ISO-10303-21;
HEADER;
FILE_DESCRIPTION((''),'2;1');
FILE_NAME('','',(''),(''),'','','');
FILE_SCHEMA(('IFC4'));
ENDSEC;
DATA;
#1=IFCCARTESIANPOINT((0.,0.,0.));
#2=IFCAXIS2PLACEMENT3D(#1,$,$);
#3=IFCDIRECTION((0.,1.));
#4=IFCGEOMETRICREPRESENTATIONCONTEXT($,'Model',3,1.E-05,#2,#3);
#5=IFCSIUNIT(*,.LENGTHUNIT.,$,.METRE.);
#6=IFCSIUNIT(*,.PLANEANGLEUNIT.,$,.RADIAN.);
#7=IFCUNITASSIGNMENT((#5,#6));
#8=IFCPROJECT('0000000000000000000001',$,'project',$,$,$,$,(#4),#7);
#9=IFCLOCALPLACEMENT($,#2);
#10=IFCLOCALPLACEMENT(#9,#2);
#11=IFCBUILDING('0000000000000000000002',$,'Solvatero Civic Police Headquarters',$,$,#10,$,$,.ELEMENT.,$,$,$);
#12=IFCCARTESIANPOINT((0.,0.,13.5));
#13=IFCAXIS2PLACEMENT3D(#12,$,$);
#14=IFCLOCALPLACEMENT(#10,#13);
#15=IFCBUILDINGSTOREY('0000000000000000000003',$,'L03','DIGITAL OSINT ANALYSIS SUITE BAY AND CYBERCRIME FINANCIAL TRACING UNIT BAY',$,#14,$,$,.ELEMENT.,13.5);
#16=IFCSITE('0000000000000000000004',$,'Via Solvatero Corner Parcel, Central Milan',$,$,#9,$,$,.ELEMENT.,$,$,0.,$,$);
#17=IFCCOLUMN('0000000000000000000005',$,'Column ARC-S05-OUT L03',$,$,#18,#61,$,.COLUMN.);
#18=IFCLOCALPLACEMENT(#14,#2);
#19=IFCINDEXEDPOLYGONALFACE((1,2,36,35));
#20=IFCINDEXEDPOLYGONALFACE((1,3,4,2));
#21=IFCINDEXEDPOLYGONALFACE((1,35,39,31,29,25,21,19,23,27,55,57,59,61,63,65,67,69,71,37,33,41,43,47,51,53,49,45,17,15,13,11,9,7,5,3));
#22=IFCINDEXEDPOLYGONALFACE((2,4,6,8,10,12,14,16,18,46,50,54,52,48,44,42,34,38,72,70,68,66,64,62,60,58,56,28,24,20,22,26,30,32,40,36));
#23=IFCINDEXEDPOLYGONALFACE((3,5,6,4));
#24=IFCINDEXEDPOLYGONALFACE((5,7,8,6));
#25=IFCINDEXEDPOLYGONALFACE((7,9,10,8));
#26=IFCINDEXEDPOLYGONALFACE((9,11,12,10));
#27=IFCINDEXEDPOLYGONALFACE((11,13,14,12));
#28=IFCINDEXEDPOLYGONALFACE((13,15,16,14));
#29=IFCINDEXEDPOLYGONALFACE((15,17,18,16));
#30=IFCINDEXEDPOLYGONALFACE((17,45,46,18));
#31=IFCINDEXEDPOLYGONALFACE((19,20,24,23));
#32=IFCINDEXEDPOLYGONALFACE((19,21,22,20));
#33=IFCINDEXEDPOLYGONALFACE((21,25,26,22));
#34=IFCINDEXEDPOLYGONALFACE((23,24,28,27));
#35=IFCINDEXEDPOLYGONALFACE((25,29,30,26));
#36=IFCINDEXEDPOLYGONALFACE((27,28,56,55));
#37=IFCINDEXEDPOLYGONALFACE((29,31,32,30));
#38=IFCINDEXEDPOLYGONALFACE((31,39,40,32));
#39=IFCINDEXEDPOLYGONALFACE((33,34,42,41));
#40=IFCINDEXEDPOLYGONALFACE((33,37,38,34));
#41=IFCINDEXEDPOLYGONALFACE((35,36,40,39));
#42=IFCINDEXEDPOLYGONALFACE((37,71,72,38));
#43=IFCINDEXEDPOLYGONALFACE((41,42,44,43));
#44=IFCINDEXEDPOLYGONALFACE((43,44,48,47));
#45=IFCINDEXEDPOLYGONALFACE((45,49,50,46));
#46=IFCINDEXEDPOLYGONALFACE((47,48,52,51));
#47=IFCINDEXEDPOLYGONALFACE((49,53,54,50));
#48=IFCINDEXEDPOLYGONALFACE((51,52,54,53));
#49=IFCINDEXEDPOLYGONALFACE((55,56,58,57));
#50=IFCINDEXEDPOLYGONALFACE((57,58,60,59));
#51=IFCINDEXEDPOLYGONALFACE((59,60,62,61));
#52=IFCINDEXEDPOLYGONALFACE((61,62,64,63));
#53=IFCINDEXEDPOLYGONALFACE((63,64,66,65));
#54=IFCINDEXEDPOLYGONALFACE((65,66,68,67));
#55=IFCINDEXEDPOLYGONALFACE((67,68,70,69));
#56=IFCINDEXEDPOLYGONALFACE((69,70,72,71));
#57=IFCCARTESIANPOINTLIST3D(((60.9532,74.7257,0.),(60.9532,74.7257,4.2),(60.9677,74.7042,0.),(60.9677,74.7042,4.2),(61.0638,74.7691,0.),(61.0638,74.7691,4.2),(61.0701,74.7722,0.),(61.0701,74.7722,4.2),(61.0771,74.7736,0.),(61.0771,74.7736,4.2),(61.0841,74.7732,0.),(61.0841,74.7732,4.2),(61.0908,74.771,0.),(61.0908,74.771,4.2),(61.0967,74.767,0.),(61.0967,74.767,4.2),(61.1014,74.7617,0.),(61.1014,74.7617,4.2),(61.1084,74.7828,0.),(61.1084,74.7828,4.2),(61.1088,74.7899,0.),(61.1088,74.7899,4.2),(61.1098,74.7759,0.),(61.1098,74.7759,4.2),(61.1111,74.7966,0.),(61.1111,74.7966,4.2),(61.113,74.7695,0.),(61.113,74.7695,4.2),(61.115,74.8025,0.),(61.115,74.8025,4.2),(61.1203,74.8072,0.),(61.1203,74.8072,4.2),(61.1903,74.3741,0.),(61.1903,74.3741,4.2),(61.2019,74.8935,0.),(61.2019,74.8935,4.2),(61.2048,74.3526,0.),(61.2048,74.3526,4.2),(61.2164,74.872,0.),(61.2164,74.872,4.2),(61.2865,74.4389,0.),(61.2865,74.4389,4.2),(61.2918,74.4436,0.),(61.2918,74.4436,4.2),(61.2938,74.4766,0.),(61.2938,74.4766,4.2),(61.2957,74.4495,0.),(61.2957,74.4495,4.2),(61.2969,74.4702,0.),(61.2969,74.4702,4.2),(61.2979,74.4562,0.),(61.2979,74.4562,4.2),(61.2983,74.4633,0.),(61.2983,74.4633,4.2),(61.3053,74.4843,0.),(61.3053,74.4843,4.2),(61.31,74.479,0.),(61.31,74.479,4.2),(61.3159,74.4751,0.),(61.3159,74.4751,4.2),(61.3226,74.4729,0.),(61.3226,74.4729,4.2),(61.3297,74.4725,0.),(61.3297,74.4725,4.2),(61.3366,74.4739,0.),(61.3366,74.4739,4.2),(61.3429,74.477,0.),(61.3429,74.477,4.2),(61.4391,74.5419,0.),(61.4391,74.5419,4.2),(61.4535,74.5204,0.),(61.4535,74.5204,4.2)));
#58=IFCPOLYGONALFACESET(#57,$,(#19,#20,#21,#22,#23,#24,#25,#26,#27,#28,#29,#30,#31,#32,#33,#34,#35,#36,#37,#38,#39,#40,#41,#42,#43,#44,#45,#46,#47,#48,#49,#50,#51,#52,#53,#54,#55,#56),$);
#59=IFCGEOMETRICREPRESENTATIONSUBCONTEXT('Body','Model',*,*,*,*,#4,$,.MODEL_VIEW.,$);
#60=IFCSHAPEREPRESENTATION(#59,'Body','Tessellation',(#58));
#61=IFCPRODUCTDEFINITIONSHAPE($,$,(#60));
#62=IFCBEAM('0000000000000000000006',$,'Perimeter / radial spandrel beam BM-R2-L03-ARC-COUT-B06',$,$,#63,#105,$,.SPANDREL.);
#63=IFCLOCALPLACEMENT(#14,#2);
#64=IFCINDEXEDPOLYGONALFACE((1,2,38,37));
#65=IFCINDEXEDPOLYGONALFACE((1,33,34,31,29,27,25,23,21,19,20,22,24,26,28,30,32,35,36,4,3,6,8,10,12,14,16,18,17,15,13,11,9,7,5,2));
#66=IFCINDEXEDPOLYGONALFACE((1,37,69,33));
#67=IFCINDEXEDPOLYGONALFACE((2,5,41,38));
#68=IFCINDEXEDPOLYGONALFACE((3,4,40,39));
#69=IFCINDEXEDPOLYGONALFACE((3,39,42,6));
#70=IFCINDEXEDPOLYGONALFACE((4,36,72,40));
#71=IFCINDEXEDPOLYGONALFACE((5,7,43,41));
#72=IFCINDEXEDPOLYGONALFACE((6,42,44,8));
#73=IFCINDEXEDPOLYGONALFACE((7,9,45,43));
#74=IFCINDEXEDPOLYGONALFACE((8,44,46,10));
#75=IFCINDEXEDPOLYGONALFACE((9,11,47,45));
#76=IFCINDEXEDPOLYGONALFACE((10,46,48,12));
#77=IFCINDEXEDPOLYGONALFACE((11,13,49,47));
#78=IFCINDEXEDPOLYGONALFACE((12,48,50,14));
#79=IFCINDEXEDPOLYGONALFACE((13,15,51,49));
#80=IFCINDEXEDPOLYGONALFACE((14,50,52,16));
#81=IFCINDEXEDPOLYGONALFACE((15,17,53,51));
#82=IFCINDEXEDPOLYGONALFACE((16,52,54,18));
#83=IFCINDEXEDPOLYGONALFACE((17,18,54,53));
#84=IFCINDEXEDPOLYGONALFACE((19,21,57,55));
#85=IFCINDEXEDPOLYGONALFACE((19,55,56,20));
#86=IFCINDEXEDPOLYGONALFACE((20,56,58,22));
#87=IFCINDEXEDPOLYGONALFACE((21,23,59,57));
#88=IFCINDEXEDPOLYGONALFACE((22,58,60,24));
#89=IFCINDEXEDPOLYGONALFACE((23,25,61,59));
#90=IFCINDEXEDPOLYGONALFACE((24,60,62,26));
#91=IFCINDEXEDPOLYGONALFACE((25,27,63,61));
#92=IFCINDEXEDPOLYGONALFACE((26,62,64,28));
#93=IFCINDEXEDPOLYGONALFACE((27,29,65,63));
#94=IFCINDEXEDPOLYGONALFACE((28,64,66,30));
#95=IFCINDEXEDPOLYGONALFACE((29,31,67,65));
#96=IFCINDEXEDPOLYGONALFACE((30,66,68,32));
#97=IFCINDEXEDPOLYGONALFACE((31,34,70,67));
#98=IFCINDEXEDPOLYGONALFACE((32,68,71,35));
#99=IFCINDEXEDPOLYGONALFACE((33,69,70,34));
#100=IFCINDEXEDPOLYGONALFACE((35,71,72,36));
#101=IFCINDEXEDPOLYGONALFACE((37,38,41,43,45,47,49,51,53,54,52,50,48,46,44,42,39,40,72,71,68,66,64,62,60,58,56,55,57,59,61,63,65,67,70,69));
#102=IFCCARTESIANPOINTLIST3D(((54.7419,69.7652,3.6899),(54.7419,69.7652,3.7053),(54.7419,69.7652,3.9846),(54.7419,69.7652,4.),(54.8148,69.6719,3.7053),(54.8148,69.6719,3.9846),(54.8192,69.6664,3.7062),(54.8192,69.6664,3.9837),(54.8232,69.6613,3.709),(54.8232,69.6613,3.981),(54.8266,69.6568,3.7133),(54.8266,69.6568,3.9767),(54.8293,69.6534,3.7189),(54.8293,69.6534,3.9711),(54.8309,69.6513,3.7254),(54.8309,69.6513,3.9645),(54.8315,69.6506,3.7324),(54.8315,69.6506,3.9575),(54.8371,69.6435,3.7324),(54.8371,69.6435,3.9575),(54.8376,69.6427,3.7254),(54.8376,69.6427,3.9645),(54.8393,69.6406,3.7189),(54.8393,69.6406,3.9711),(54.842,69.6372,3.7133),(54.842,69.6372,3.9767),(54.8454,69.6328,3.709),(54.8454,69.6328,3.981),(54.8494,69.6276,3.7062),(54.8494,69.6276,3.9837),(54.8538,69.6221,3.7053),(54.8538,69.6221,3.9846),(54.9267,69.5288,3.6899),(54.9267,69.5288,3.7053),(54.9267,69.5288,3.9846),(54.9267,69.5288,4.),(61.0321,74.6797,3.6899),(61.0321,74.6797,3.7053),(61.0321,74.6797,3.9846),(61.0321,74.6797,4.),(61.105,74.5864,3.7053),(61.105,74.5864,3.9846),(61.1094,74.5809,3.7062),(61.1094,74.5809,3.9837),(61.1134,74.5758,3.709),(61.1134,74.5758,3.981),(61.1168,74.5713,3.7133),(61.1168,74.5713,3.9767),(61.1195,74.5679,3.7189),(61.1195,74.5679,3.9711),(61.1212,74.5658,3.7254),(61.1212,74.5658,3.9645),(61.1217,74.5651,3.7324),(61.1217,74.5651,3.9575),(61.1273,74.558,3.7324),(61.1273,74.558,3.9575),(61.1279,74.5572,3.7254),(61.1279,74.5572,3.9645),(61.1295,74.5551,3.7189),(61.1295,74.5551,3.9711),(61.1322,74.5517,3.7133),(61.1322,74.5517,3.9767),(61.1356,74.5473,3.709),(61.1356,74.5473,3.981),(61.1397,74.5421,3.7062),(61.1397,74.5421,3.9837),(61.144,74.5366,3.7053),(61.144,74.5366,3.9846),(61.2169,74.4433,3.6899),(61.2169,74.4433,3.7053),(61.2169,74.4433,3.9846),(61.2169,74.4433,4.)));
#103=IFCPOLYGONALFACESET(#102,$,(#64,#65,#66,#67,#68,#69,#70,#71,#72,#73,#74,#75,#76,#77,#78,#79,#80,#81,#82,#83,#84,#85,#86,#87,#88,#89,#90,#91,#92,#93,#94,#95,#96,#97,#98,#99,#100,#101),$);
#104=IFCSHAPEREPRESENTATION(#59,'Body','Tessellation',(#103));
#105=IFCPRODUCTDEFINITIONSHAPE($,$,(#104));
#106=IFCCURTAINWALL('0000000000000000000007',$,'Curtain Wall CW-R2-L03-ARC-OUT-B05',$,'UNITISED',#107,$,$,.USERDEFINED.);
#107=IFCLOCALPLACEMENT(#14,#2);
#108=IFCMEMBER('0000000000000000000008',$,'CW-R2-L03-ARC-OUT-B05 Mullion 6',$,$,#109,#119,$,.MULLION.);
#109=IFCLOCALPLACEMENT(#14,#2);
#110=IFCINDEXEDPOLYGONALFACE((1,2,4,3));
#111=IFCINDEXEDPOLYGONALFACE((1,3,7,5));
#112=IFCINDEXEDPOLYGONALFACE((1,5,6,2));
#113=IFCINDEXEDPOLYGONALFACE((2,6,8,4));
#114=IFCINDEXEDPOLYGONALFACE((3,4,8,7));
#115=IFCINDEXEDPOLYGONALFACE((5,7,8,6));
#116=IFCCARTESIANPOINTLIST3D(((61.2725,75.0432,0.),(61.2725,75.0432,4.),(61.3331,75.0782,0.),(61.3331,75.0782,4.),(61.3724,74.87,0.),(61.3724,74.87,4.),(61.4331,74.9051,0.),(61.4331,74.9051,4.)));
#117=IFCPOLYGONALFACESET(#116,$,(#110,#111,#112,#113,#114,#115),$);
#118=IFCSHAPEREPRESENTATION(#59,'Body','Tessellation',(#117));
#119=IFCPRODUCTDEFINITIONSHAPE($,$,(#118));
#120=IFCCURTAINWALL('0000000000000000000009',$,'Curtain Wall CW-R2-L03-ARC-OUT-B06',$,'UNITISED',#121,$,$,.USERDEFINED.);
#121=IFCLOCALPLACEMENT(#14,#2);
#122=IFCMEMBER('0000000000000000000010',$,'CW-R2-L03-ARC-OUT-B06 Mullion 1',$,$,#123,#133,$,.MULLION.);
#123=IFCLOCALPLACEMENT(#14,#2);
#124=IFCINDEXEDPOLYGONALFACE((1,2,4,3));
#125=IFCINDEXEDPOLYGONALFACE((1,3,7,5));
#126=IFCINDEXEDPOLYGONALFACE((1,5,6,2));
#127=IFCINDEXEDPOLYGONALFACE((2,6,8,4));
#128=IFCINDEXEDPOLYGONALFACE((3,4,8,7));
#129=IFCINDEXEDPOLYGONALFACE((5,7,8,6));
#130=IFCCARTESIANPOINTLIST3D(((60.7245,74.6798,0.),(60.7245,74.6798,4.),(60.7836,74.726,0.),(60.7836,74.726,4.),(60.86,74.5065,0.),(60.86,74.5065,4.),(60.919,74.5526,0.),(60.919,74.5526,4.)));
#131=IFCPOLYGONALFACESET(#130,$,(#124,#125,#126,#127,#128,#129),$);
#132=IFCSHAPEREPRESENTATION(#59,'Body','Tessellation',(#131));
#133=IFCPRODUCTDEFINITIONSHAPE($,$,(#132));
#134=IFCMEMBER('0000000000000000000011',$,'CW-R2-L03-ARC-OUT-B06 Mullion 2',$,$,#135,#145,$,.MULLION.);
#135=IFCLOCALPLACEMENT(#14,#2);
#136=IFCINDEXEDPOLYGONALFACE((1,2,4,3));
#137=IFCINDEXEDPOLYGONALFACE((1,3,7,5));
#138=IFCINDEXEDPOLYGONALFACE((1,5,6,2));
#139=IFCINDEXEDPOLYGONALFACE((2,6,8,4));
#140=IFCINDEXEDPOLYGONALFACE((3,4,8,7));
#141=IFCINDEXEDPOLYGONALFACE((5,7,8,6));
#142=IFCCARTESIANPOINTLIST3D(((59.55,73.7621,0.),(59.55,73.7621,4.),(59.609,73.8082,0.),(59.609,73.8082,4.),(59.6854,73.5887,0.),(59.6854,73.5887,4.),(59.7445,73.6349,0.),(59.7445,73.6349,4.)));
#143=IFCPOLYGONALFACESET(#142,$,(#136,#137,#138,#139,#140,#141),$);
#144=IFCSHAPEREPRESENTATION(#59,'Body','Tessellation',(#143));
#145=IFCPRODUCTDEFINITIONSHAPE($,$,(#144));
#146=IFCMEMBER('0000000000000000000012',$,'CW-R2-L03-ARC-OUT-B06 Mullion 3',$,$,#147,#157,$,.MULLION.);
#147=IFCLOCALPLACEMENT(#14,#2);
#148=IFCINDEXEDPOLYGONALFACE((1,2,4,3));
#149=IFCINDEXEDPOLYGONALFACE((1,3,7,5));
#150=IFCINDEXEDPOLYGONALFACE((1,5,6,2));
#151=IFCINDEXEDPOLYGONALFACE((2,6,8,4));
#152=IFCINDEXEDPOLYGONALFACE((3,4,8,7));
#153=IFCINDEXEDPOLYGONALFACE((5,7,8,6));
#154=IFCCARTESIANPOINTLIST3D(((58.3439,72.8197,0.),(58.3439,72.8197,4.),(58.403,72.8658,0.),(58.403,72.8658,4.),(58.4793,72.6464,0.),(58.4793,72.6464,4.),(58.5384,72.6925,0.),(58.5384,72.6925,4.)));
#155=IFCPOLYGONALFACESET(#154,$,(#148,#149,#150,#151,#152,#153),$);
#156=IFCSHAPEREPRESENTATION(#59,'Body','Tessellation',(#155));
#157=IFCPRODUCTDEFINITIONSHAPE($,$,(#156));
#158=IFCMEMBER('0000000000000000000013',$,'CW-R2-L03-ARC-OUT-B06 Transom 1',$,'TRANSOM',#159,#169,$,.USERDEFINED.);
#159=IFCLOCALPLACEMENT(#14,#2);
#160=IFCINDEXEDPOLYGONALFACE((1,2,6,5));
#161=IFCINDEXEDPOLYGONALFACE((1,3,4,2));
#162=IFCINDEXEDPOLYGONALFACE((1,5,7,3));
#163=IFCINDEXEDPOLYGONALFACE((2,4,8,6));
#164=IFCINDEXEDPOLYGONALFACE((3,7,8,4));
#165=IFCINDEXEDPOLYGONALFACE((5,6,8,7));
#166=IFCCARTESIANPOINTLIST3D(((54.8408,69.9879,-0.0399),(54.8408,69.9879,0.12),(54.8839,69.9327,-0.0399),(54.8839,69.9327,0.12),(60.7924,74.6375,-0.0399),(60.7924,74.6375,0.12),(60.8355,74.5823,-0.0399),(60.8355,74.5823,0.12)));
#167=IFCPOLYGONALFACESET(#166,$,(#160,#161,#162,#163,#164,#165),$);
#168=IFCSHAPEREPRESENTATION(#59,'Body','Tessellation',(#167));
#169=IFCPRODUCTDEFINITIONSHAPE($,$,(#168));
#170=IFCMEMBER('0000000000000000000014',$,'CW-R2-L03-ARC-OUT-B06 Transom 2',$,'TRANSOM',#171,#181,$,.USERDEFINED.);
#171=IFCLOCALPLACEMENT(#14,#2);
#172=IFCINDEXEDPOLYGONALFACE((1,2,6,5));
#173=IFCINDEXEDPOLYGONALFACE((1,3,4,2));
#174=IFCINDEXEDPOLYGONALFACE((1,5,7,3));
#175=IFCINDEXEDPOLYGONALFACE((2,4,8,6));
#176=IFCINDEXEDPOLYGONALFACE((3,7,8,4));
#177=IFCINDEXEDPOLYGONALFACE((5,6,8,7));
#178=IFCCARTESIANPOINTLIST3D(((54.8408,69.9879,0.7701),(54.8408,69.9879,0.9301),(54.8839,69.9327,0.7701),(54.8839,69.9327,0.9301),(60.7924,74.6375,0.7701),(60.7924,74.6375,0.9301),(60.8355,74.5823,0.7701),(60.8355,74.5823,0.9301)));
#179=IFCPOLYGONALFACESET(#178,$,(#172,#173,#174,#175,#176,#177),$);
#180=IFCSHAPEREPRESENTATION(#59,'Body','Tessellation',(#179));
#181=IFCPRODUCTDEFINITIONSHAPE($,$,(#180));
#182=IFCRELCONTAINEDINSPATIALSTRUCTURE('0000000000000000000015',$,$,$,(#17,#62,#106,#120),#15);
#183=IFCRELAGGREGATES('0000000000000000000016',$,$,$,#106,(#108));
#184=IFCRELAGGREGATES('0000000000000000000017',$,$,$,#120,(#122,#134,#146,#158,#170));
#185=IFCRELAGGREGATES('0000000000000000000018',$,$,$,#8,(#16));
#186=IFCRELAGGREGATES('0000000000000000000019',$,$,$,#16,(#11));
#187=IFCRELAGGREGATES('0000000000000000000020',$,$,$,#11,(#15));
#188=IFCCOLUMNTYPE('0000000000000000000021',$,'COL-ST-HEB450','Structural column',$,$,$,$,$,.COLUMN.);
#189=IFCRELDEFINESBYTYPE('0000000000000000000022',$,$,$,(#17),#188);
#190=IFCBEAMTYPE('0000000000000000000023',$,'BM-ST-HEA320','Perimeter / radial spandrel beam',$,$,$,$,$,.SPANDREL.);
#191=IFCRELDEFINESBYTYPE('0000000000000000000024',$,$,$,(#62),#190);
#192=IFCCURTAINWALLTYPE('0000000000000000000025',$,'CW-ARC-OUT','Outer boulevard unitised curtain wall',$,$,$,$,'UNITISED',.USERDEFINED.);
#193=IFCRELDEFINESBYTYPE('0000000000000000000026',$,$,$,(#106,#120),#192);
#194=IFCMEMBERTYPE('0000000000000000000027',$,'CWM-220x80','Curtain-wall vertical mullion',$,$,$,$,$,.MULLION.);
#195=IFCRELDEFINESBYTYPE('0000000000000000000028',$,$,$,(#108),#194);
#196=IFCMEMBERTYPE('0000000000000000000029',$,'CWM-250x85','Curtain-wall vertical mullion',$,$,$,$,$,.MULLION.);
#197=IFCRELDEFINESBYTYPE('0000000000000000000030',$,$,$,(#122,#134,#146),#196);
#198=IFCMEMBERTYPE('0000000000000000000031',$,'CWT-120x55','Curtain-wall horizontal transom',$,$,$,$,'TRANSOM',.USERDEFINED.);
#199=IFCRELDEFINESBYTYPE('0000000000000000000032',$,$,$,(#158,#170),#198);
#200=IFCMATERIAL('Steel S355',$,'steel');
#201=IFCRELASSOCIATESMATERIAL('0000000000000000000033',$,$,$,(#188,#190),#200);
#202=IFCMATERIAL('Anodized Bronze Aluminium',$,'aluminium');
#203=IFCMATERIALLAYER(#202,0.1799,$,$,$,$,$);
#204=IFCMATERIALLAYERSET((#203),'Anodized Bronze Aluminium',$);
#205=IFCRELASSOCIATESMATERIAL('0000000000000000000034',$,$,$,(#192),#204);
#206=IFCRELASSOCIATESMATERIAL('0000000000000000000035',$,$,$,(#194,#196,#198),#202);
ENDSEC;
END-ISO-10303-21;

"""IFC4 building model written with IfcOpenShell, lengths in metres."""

from ifc_helpers import new_model, si_unit, direction, frame, origin, origin_2d, place, context, subcontext, project, spatial, rectangle, i_section, extrude, material, layer, layer_set, material_profile, profile_set, type_object, element, aggregate, save


model = new_model("IFC4")

# Units and contexts
model_context = context("Model", 3, precision=1e-05, world=origin(), true_north=direction((0.0, 1.0)))
body_context = subcontext(model_context, "Body", "Model", "MODEL_VIEW")
ifc_project = project(units=[si_unit("LENGTHUNIT", "METRE"), si_unit("PLANEANGLEUNIT", "RADIAN")], contexts=[model_context])

# Site, building, storey
site_placement = place(None, origin())
site = spatial("IfcSite", under=ifc_project, at=site_placement, Name="Via Solvatero Corner Parcel, Central Milan", CompositionType="ELEMENT", RefElevation=0.0)
building_placement = place(site_placement, origin())
building = spatial("IfcBuilding", under=site, at=building_placement, Name="Solvatero Civic Police Headquarters", CompositionType="ELEMENT")
storey_placement = place(building_placement, frame((0.0, 0.0, 13.5)))
storey = spatial("IfcBuildingStorey", under=building, at=storey_placement, Name="L03", Description="DIGITAL OSINT ANALYSIS SUITE BAY AND CYBERCRIME FINANCIAL TRACING UNIT BAY", CompositionType="ELEMENT", Elevation=13.5)

# Column
ifc_material_1 = material(Name="Steel S355", Category="steel")
ifc_material_profile_1 = material_profile(ifc_material_1, i_section(OverallWidth=0.3, OverallDepth=0.45, WebThickness=0.0139, FlangeThickness=0.0259, FilletRadius=0.0271, at=origin_2d()), Name="HEB 450")
ifc_profile_set_1 = profile_set([ifc_material_profile_1], Name="Steel S355")
column_type = type_object("IfcColumnType", Name="COL-ST-HEB450", Description="Structural column", PredefinedType="COLUMN", material=ifc_profile_set_1)
column_placement = place(storey_placement, frame((61.2034, 74.623, 0.0), z_axis=(0.0, 0.0, 1.0), x_axis=(0.829038, 0.559193, 0.0)))
element("IfcColumn", 1, at=column_placement, inside=storey, type_object=column_type, Name="Column ARC-S05-OUT L03", PredefinedType="COLUMN", context=body_context, shape_type="SweptSolid", body=[
    extrude(i_section(OverallWidth=0.3, OverallDepth=0.45, WebThickness=0.0139, FlangeThickness=0.0259, FilletRadius=0.0271, at=origin_2d()), origin(), (0.0, 0.0, 1.0), 4.2),
])

# Beam
ifc_material_profile_2 = material_profile(ifc_material_1, i_section(OverallWidth=0.3, OverallDepth=0.3101, WebThickness=0.009, FlangeThickness=0.0154, FilletRadius=0.0271, at=origin_2d()), Name="HEA 320")
ifc_profile_set_2 = profile_set([ifc_material_profile_2], Name="Steel S355")
beam_type = type_object("IfcBeamType", Name="BM-ST-HEA320", Description="Perimeter / radial spandrel beam", PredefinedType="SPANDREL", material=ifc_profile_set_2)
beam_placement = place(storey_placement, frame((61.1245, 74.5615, 3.845), z_axis=(-0.788008, -0.615665, 0.0), x_axis=(0.615665, -0.788008, 0.0)))
element("IfcBeam", 2, at=beam_placement, inside=storey, type_object=beam_type, Name="Perimeter / radial spandrel beam BM-R2-L03-ARC-COUT-B06", PredefinedType="SPANDREL", context=body_context, shape_type="SweptSolid", body=[
    extrude(i_section(OverallWidth=0.3, OverallDepth=0.3101, WebThickness=0.009, FlangeThickness=0.0154, FilletRadius=0.0271, at=origin_2d()), origin(), (0.0, 0.0, 1.0), 7.9824),
])

# Curtain wall, member
ifc_material_2 = material(Name="Anodized Bronze Aluminium", Category="aluminium")
ifc_layer_1 = layer(ifc_material_2, 0.1799)
ifc_layer_set_1 = layer_set([ifc_layer_1], Name="Anodized Bronze Aluminium")
curtain_wall_type = type_object("IfcCurtainWallType", Name="CW-ARC-OUT", Description="Outer boulevard unitised curtain wall", ElementType="UNITISED", PredefinedType="USERDEFINED", material=ifc_layer_set_1)
curtain_wall_1_placement = place(storey_placement, origin())
curtain_wall_1 = element("IfcCurtainWall", 3, at=curtain_wall_1_placement, inside=storey, type_object=curtain_wall_type, Name="Curtain Wall CW-R2-L03-ARC-OUT-B05", ObjectType="UNITISED", PredefinedType="USERDEFINED")
ifc_material_profile_3 = material_profile(ifc_material_2, rectangle(XDim=0.0701, YDim=0.2, at=origin_2d()), Name="ALU MULLION 70x200")
ifc_profile_set_3 = profile_set([ifc_material_profile_3], Name="Anodized Bronze Aluminium")
member_type_1 = type_object("IfcMemberType", Name="CWM-220x80", Description="Curtain-wall vertical mullion", PredefinedType="MULLION", material=ifc_profile_set_3)
member_1_placement = place(storey_placement, frame((61.3528, 74.9741, 0.0), z_axis=(0.0, 0.0, 1.0), x_axis=(-0.866034, -0.499985, 0.0)))
member_1 = element("IfcMember", 4, at=member_1_placement, type_object=member_type_1, Name="CW-R2-L03-ARC-OUT-B05 Mullion 6", PredefinedType="MULLION", context=body_context, shape_type="SweptSolid", body=[
    extrude(rectangle(XDim=0.0701, YDim=0.2, at=origin_2d()), origin(), (0.0, 0.0, 1.0), 4.0),
])

# Curtain wall, members
curtain_wall_2_placement = place(storey_placement, origin())
curtain_wall_2 = element("IfcCurtainWall", 5, at=curtain_wall_2_placement, inside=storey, type_object=curtain_wall_type, Name="Curtain Wall CW-R2-L03-ARC-OUT-B06", ObjectType="UNITISED", PredefinedType="USERDEFINED")
ifc_material_profile_4 = material_profile(ifc_material_2, rectangle(XDim=0.075, YDim=0.22, at=origin_2d()), Name="ALU MULLION 75x220")
ifc_profile_set_4 = profile_set([ifc_material_profile_4], Name="Anodized Bronze Aluminium")
member_type_2 = type_object("IfcMemberType", Name="CWM-250x85", Description="Curtain-wall vertical mullion", PredefinedType="MULLION", material=ifc_profile_set_4)
member_2_placement = place(storey_placement, frame((60.8218, 74.6162, 0.0), z_axis=(0.0, 0.0, 1.0), x_axis=(-0.788021, -0.615648, 0.0)))
member_2 = element("IfcMember", 6, at=member_2_placement, type_object=member_type_2, Name="CW-R2-L03-ARC-OUT-B06 Mullion 1", PredefinedType="MULLION", context=body_context, shape_type="SweptSolid", body=[
    extrude(rectangle(XDim=0.075, YDim=0.22, at=origin_2d()), origin(), (0.0, 0.0, 1.0), 4.0),
])
member_3_placement = place(storey_placement, frame((59.6472, 73.6985, 0.0), z_axis=(0.0, 0.0, 1.0), x_axis=(-0.788021, -0.615648, 0.0)))
member_3 = element("IfcMember", 7, at=member_3_placement, type_object=member_type_2, Name="CW-R2-L03-ARC-OUT-B06 Mullion 2", PredefinedType="MULLION", context=body_context, shape_type="SweptSolid", body=[
    extrude(rectangle(XDim=0.075, YDim=0.22, at=origin_2d()), origin(), (0.0, 0.0, 1.0), 4.0),
])
member_4_placement = place(storey_placement, frame((58.4412, 72.7561, 0.0), z_axis=(0.0, 0.0, 1.0), x_axis=(-0.788021, -0.615648, 0.0)))
member_4 = element("IfcMember", 8, at=member_4_placement, type_object=member_type_2, Name="CW-R2-L03-ARC-OUT-B06 Mullion 3", PredefinedType="MULLION", context=body_context, shape_type="SweptSolid", body=[
    extrude(rectangle(XDim=0.075, YDim=0.22, at=origin_2d()), origin(), (0.0, 0.0, 1.0), 4.0),
])
ifc_material_profile_5 = material_profile(ifc_material_2, rectangle(XDim=0.0701, YDim=0.1599, at=origin_2d()), Name="ALU TRANSOM 70x160")
ifc_profile_set_5 = profile_set([ifc_material_profile_5], Name="Anodized Bronze Aluminium")
member_type_3 = type_object("IfcMemberType", Name="CWT-120x55", Description="Curtain-wall horizontal transom", ElementType="TRANSOM", PredefinedType="USERDEFINED", material=ifc_profile_set_5)
member_5_placement = place(storey_placement, frame((60.814, 74.6099, 0.04), z_axis=(-0.788029, -0.615638, 0.0), x_axis=(0.615638, -0.788029, 0.0)))
member_5 = element("IfcMember", 9, at=member_5_placement, type_object=member_type_3, Name="CW-R2-L03-ARC-OUT-B06 Transom 1", ObjectType="TRANSOM", PredefinedType="USERDEFINED", context=body_context, shape_type="SweptSolid", body=[
    extrude(rectangle(XDim=0.0701, YDim=0.1599, at=origin_2d()), origin(), (0.0, 0.0, 1.0), 7.5525),
])
member_6_placement = place(storey_placement, frame((60.814, 74.6099, 0.8501), z_axis=(-0.788029, -0.615638, 0.0), x_axis=(0.615638, -0.788029, 0.0)))
member_6 = element("IfcMember", 10, at=member_6_placement, type_object=member_type_3, Name="CW-R2-L03-ARC-OUT-B06 Transom 2", ObjectType="TRANSOM", PredefinedType="USERDEFINED", context=body_context, shape_type="SweptSolid", body=[
    extrude(rectangle(XDim=0.0701, YDim=0.1599, at=origin_2d()), origin(), (0.0, 0.0, 1.0), 7.5525),
])

aggregate(curtain_wall_1, [member_1])
aggregate(curtain_wall_2, [member_2, member_3, member_4, member_5, member_6])

save(model, "model.ifc")
